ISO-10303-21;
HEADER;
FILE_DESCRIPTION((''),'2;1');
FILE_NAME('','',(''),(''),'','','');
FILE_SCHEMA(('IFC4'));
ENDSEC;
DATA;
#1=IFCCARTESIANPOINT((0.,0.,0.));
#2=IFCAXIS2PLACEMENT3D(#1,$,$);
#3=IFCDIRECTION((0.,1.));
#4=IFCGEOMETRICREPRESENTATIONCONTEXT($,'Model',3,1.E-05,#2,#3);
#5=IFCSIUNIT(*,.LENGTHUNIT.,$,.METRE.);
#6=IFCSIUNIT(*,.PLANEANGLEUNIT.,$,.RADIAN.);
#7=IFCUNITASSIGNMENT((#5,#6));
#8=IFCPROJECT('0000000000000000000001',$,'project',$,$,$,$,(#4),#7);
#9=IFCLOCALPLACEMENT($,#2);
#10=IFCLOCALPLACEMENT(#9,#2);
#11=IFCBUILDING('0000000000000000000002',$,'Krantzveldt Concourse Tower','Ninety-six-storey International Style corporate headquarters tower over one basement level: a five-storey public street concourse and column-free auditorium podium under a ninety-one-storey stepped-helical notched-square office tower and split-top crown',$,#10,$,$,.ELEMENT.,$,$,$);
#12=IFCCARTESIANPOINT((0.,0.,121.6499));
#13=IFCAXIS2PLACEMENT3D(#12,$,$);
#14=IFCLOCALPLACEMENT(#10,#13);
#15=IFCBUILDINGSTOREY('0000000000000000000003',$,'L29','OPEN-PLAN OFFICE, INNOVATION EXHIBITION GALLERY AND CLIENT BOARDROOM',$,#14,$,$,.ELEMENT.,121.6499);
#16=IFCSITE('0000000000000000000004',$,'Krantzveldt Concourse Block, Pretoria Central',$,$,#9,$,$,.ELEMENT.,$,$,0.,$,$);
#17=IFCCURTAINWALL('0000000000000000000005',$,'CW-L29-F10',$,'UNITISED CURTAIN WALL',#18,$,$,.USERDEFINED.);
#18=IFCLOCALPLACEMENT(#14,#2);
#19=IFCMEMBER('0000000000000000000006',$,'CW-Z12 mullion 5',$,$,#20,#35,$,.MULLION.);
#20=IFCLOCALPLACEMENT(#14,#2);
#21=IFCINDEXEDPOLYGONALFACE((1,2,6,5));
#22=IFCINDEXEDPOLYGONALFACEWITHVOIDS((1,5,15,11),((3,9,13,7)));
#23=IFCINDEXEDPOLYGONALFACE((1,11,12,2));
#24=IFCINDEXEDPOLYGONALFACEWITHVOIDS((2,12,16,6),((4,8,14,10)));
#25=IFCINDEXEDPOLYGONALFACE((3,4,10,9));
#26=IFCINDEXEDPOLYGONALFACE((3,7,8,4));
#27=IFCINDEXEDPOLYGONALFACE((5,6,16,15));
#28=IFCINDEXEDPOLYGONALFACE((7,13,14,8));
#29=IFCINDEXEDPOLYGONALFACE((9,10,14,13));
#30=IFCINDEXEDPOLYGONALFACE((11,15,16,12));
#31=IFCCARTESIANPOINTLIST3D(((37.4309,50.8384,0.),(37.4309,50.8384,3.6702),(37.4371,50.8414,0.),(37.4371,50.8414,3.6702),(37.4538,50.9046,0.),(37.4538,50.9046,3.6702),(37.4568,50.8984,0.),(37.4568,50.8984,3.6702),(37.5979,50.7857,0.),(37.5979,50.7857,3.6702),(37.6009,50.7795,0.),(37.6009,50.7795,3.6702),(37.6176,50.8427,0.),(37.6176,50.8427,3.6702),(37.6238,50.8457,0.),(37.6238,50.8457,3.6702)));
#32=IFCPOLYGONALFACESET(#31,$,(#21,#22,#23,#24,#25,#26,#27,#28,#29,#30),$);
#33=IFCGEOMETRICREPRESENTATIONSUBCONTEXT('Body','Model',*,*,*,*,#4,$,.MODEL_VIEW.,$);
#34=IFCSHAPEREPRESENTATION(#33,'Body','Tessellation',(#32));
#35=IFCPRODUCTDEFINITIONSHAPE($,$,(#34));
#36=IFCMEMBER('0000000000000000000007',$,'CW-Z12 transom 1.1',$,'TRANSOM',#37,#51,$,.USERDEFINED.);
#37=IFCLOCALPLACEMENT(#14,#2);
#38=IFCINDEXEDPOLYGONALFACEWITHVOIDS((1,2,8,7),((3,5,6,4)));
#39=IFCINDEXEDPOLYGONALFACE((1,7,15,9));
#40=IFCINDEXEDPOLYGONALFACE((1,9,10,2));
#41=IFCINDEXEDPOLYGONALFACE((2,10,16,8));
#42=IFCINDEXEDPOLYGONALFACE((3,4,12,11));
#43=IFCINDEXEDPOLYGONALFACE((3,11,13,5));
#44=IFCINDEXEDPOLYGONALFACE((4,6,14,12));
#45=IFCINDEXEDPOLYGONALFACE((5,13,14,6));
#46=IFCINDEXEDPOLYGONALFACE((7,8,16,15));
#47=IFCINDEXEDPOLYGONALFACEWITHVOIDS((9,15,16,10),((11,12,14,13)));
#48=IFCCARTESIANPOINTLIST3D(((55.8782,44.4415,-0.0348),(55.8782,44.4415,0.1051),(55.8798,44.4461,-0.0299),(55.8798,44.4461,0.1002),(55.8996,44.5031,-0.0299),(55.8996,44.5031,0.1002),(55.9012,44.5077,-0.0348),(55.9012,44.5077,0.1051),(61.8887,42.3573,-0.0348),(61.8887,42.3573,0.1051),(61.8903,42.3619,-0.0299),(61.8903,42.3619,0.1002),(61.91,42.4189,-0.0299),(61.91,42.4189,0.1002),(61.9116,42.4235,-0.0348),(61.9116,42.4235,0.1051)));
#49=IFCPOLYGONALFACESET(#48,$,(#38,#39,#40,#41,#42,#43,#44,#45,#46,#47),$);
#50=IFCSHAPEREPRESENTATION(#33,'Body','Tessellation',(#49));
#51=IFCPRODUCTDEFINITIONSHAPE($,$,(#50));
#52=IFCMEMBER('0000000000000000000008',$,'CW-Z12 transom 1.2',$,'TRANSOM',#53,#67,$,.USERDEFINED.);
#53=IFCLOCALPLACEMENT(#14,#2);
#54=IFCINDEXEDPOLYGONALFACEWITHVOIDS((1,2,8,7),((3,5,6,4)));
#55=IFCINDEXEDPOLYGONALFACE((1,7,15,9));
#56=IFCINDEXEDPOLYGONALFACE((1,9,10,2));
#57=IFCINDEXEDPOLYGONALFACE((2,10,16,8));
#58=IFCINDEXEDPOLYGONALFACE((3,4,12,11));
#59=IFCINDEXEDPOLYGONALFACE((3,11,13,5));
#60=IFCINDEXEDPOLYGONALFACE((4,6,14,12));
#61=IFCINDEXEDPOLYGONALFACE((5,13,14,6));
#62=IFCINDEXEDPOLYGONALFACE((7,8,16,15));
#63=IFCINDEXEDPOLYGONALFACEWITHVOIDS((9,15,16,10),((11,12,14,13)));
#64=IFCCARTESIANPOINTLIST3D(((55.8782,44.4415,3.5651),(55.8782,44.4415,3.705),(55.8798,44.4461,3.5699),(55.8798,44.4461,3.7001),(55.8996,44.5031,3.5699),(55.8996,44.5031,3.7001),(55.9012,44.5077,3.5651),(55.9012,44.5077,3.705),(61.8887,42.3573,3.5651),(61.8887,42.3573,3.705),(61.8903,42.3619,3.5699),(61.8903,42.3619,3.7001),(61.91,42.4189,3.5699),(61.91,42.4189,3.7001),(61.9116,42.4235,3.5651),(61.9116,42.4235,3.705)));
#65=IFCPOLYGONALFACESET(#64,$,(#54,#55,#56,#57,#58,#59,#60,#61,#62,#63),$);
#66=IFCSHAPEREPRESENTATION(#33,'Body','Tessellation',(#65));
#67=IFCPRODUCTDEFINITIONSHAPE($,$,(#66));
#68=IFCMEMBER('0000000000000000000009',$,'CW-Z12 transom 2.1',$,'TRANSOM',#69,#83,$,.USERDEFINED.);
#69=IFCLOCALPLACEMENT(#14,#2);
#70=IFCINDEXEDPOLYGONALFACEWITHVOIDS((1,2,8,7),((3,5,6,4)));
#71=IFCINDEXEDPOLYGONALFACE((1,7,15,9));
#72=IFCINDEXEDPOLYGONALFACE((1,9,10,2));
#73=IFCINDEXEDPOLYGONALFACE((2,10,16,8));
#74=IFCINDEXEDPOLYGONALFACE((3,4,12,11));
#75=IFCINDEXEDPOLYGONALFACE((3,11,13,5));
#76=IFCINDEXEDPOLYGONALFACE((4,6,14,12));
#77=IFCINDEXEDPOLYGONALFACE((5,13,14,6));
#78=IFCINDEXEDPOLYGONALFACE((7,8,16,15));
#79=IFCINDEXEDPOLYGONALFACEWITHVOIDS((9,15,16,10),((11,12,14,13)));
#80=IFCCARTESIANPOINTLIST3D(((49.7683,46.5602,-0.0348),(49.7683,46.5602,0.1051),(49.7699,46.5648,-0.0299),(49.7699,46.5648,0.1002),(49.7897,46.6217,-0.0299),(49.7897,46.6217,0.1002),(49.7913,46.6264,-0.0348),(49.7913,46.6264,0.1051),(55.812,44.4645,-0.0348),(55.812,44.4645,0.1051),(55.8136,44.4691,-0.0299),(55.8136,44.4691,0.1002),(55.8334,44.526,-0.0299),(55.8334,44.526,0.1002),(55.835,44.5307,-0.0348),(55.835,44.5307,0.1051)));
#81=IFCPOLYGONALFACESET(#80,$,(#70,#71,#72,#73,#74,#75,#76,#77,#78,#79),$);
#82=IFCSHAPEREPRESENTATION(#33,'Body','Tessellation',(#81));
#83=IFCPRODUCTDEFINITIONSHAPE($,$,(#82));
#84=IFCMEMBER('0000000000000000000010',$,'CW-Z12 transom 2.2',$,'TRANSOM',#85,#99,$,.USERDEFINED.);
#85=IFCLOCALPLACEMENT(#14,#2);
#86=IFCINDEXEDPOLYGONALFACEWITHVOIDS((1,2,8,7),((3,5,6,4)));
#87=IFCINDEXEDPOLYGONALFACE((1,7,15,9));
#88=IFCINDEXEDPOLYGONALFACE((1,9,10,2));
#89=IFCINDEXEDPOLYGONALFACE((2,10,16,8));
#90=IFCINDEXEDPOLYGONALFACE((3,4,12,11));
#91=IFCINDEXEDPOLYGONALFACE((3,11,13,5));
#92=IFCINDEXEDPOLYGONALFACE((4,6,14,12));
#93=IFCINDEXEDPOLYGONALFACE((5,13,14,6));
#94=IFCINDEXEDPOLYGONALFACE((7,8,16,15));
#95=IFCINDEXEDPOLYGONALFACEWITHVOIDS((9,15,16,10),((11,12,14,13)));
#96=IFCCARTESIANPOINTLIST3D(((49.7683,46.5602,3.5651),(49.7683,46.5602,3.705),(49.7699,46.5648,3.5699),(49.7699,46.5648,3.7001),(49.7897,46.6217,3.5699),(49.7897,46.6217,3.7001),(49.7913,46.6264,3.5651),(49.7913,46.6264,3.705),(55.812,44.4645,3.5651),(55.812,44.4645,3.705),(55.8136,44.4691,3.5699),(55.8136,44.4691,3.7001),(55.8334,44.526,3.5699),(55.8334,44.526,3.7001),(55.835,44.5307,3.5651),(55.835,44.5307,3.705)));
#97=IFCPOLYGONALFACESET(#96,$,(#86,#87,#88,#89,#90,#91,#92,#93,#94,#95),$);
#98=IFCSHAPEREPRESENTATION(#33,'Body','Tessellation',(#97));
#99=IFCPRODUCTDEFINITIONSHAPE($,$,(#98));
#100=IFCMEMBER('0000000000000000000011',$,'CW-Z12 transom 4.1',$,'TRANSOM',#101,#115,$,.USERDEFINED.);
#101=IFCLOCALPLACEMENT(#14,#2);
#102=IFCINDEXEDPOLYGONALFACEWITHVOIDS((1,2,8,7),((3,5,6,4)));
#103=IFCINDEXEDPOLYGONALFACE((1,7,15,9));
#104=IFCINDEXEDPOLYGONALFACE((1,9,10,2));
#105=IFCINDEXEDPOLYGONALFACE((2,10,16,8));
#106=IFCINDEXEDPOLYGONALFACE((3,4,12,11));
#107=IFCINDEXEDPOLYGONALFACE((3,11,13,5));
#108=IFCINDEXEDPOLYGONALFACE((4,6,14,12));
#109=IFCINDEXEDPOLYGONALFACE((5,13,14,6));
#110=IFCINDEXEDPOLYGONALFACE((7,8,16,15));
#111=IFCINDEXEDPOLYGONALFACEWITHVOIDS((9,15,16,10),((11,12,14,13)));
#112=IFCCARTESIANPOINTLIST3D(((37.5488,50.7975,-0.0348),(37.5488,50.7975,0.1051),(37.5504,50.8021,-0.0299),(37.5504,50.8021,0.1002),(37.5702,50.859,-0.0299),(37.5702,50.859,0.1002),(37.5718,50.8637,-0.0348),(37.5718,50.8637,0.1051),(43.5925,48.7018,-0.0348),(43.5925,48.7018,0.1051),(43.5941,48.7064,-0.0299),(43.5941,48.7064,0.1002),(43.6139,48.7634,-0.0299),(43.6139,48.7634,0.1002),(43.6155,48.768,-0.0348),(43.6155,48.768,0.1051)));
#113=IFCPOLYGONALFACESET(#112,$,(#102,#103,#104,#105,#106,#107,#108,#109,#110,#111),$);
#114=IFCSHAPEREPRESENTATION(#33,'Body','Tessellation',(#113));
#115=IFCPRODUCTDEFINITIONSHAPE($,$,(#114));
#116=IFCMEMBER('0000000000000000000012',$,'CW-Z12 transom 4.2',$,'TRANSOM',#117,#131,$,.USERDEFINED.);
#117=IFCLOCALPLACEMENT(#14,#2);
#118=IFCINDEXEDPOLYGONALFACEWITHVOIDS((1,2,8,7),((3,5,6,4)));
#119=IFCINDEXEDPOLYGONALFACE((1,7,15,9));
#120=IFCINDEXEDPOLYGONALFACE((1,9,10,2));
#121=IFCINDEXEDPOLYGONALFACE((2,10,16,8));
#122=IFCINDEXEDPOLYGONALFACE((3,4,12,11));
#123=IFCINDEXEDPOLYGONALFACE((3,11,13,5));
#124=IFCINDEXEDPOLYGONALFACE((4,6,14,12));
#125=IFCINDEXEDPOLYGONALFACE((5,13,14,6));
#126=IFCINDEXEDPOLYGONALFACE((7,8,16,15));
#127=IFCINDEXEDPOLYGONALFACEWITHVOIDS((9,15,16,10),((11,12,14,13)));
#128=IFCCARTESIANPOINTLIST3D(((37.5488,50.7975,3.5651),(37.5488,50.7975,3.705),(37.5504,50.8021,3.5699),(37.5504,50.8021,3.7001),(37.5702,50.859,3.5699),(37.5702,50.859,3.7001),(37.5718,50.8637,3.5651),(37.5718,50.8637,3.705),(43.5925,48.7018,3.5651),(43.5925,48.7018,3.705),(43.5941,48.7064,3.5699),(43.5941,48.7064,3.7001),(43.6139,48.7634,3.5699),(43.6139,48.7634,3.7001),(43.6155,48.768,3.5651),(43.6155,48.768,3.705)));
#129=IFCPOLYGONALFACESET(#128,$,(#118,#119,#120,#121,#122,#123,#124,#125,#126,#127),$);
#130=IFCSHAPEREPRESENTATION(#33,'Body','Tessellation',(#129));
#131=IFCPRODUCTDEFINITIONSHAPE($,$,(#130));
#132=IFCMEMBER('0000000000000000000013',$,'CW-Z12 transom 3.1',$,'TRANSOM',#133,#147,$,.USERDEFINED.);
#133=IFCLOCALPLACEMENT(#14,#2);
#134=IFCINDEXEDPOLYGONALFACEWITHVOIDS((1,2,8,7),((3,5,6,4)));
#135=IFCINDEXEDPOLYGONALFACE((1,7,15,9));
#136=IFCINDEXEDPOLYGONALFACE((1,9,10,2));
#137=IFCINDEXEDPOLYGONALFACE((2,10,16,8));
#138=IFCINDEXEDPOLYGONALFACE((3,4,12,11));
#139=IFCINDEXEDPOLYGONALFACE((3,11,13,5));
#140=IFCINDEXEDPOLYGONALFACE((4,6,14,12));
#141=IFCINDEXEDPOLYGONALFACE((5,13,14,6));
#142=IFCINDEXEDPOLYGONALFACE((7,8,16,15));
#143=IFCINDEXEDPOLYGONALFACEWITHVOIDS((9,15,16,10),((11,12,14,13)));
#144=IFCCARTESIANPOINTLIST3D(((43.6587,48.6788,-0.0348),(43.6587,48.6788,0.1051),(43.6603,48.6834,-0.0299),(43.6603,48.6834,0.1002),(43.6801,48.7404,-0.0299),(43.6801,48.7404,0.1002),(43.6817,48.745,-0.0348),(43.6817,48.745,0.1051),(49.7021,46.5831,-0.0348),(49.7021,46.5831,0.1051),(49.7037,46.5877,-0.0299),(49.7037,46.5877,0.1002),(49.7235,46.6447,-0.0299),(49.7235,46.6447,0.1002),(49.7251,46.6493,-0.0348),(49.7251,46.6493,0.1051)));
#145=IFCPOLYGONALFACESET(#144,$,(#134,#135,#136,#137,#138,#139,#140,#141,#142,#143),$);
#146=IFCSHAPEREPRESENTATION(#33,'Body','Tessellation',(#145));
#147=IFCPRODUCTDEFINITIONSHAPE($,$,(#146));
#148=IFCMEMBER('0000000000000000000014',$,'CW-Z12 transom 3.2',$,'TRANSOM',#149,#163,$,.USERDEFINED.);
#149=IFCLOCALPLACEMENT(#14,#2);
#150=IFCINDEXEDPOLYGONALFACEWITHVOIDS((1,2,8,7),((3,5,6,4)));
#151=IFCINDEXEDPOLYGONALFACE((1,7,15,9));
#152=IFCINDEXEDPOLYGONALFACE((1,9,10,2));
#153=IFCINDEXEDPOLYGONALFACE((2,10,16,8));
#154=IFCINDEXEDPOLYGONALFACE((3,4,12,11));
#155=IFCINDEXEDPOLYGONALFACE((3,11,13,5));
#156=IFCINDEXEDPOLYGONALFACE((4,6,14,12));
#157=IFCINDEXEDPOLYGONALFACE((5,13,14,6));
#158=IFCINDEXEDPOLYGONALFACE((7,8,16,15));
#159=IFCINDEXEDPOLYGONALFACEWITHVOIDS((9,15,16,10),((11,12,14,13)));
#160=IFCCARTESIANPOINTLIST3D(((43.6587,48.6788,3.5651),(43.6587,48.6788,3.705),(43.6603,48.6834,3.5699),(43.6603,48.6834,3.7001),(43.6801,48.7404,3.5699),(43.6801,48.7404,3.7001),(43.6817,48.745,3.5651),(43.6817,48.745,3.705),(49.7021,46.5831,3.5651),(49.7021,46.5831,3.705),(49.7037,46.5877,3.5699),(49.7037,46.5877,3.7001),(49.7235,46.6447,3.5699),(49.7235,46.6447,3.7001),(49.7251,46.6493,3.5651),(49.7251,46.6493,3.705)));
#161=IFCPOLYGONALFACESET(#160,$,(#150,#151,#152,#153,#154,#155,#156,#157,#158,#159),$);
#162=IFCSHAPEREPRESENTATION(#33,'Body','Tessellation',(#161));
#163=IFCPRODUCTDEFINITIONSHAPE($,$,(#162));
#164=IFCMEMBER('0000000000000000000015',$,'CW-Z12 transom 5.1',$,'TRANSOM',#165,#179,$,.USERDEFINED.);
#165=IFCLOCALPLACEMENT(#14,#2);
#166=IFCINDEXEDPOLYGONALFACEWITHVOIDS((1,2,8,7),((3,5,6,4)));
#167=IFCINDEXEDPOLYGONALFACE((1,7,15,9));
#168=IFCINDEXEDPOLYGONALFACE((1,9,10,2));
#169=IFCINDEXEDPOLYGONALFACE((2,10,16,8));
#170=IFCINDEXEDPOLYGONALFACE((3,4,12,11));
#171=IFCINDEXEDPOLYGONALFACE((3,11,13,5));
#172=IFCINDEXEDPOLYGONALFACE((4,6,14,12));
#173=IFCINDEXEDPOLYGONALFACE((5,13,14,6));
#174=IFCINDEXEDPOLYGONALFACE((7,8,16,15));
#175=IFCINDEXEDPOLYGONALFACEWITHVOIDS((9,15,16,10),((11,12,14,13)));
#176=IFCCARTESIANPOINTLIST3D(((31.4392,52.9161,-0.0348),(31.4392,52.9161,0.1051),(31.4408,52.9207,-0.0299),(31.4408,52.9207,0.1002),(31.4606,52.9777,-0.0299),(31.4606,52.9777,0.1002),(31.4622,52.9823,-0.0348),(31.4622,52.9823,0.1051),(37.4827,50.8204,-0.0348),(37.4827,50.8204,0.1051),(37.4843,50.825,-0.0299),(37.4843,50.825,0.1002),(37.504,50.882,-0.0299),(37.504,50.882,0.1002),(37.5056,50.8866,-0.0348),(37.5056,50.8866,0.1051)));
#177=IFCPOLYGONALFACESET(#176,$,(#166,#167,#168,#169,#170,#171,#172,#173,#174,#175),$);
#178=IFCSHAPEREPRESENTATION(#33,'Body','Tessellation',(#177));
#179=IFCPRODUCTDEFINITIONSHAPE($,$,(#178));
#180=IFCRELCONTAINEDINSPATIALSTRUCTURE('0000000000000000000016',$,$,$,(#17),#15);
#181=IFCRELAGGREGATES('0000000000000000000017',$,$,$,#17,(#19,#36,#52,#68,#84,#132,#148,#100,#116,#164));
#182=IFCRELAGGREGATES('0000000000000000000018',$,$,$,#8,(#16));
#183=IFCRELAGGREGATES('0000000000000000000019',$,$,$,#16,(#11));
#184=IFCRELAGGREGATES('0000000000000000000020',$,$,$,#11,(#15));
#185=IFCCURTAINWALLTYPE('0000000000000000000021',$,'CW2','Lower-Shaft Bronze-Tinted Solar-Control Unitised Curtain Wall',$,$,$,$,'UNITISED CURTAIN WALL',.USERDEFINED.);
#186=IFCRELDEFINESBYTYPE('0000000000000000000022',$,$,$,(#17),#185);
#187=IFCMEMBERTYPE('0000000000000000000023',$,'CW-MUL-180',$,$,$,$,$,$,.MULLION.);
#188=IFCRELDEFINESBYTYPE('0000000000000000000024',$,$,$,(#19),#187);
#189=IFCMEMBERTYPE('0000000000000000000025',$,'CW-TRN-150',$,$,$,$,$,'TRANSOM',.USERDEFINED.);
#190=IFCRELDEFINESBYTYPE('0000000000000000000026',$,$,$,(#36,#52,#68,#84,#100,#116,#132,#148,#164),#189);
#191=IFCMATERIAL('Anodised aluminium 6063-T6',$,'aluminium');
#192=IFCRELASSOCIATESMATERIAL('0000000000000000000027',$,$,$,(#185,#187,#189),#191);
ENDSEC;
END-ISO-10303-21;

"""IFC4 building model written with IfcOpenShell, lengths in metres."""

from ifc_helpers import new_model, si_unit, direction, frame, origin, origin_2d, place, context, subcontext, project, spatial, hollow_rectangle, extrude, source, transform, mapped, material, material_profile, profile_set, type_object, type_shapes, element, aggregate, save


model = new_model("IFC4")

# Units and contexts
model_context = context("Model", 3, precision=1e-05, world=origin(), true_north=direction((0.0, 1.0)))
body_context = subcontext(model_context, "Body", "Model", "MODEL_VIEW")
ifc_project = project(units=[si_unit("LENGTHUNIT", "METRE"), si_unit("PLANEANGLEUNIT", "RADIAN")], contexts=[model_context])

# Site, building, storey
site_placement = place(None, origin())
site = spatial("IfcSite", under=ifc_project, at=site_placement, Name="Krantzveldt Concourse Block, Pretoria Central", CompositionType="ELEMENT", RefElevation=0.0)
building_placement = place(site_placement, origin())
building = spatial("IfcBuilding", under=site, at=building_placement, Name="Krantzveldt Concourse Tower", Description="Ninety-six-storey International Style corporate headquarters tower over one basement level: a five-storey public street concourse and column-free auditorium podium under a ninety-one-storey stepped-helical notched-square office tower and split-top crown", CompositionType="ELEMENT")
storey_placement = place(building_placement, frame((0.0, 0.0, 121.6499)))
storey = spatial("IfcBuildingStorey", under=building, at=storey_placement, Name="L29", Description="OPEN-PLAN OFFICE, INNOVATION EXHIBITION GALLERY AND CLIENT BOARDROOM", CompositionType="ELEMENT", Elevation=121.6499)

# Shared definitions
ifc_material_1 = material(Name="Anodised aluminium 6063-T6", Category="aluminium")
curtain_wall_type = type_object("IfcCurtainWallType", Name="CW2", Description="Lower-Shaft Bronze-Tinted Solar-Control Unitised Curtain Wall", ElementType="UNITISED CURTAIN WALL", PredefinedType="USERDEFINED", material=ifc_material_1)
ifc_material_profile_1 = material_profile(ifc_material_1, hollow_rectangle(XDim=0.0701, YDim=0.1799, WallThickness=0.0049, at=origin_2d()), Name="Anodised aluminium 6063-T6", Category="aluminium")
ifc_profile_set_1 = profile_set([ifc_material_profile_1], Name="Anodised aluminium 6063-T6 - ALU-MULL 180x70x5")
member_type_1 = type_object("IfcMemberType", Name="CW-MUL-180", PredefinedType="MULLION", material=ifc_profile_set_1)
shared_shape_1 = source(origin(), body_context, "Body", "SweptSolid", [
    extrude(hollow_rectangle(XDim=0.0701, YDim=0.1799, WallThickness=0.0049, at=origin_2d()), origin(), (0.0, 0.0, 1.0), 3.6702),
])
type_shapes(member_type_1, [shared_shape_1])

# Curtain wall, members
curtain_wall_1_placement = place(storey_placement, origin())
curtain_wall_1 = element("IfcCurtainWall", 1, at=curtain_wall_1_placement, inside=storey, type_object=curtain_wall_type, Name="CW-L29-F10", ObjectType="UNITISED CURTAIN WALL", PredefinedType="USERDEFINED")
member_1_placement = place(storey_placement, frame((37.5273, 50.842, 0.0), z_axis=(0.0, 0.0, 1.0), x_axis=(-0.32763, -0.944806, 0.0)))
member_1 = element("IfcMember", 2, at=member_1_placement, type_object=member_type_1, Name="CW-Z12 mullion 5", PredefinedType="MULLION", context=body_context, shape_type="MappedRepresentation", body=[
    mapped(shared_shape_1, transform((0.0, 0.0, 0.0), x_axis=(1.0, 0.0, 0.0), y_axis=(0.0, 1.0, 0.0), z_axis=(0.0, 0.0, 1.0), scale=1.0)),
])
ifc_material_profile_2 = material_profile(ifc_material_1, hollow_rectangle(XDim=0.0701, YDim=0.1399, WallThickness=0.0049, at=origin_2d()), Name="Anodised aluminium 6063-T6", Category="aluminium")
ifc_profile_set_2 = profile_set([ifc_material_profile_2], Name="Anodised aluminium 6063-T6 - ALU-TRAN 140x70x5")
member_type_2 = type_object("IfcMemberType", Name="CW-TRN-150", ElementType="TRANSOM", PredefinedType="USERDEFINED", material=ifc_profile_set_2)
shared_shape_2 = source(origin(), body_context, "Body", "SweptSolid", [
    extrude(hollow_rectangle(XDim=0.0701, YDim=0.1399, WallThickness=0.0049, at=origin_2d()), origin(), (0.0, 0.0, 1.0), 6.3616),
])
member_2_placement = place(storey_placement, frame((61.9001, 42.3904, 0.0352), z_axis=(-0.944808, 0.327626, 0.0), x_axis=(-0.327626, -0.944808, 0.0)))
member_2 = element("IfcMember", 3, at=member_2_placement, type_object=member_type_2, Name="CW-Z12 transom 1.1", ObjectType="TRANSOM", PredefinedType="USERDEFINED", context=body_context, shape_type="MappedRepresentation", body=[
    mapped(shared_shape_2, transform((0.0, 0.0, 0.0), x_axis=(1.0, 0.0, 0.0), y_axis=(0.0, 1.0, 0.0), z_axis=(0.0, 0.0, 1.0), scale=1.0)),
])
member_3_placement = place(storey_placement, frame((61.9001, 42.3904, 3.635), z_axis=(-0.944808, 0.327626, 0.0), x_axis=(-0.327626, -0.944808, 0.0)))
member_3 = element("IfcMember", 4, at=member_3_placement, type_object=member_type_2, Name="CW-Z12 transom 1.2", ObjectType="TRANSOM", PredefinedType="USERDEFINED", context=body_context, shape_type="MappedRepresentation", body=[
    mapped(shared_shape_2, transform((0.0, 0.0, 0.0), x_axis=(1.0, 0.0, 0.0), y_axis=(0.0, 1.0, 0.0), z_axis=(0.0, 0.0, 1.0), scale=1.0)),
])
shared_shape_3 = source(origin(), body_context, "Body", "SweptSolid", [
    extrude(hollow_rectangle(XDim=0.0701, YDim=0.1399, WallThickness=0.0049, at=origin_2d()), origin(), (0.0, 0.0, 1.0), 6.3967),
])
member_4_placement = place(storey_placement, frame((55.8235, 44.4976, 0.0352), z_axis=(-0.944809, 0.32762, 0.0), x_axis=(-0.32762, -0.944809, 0.0)))
member_4 = element("IfcMember", 5, at=member_4_placement, type_object=member_type_2, Name="CW-Z12 transom 2.1", ObjectType="TRANSOM", PredefinedType="USERDEFINED", context=body_context, shape_type="MappedRepresentation", body=[
    mapped(shared_shape_3, transform((0.0, 0.0, 0.0), x_axis=(1.0, 0.0, 0.0), y_axis=(0.0, 1.0, 0.0), z_axis=(0.0, 0.0, 1.0), scale=1.0)),
])
member_5_placement = place(storey_placement, frame((55.8235, 44.4976, 3.635), z_axis=(-0.944809, 0.32762, 0.0), x_axis=(-0.32762, -0.944809, 0.0)))
member_5 = element("IfcMember", 6, at=member_5_placement, type_object=member_type_2, Name="CW-Z12 transom 2.2", ObjectType="TRANSOM", PredefinedType="USERDEFINED", context=body_context, shape_type="MappedRepresentation", body=[
    mapped(shared_shape_3, transform((0.0, 0.0, 0.0), x_axis=(1.0, 0.0, 0.0), y_axis=(0.0, 1.0, 0.0), z_axis=(0.0, 0.0, 1.0), scale=1.0)),
])
member_6_placement = place(storey_placement, frame((43.604, 48.7349, 0.0352), z_axis=(-0.944809, 0.32762, 0.0), x_axis=(-0.32762, -0.944809, 0.0)))
member_6 = element("IfcMember", 7, at=member_6_placement, type_object=member_type_2, Name="CW-Z12 transom 4.1", ObjectType="TRANSOM", PredefinedType="USERDEFINED", context=body_context, shape_type="MappedRepresentation", body=[
    mapped(shared_shape_3, transform((0.0, 0.0, 0.0), x_axis=(1.0, 0.0, 0.0), y_axis=(0.0, 1.0, 0.0), z_axis=(0.0, 0.0, 1.0), scale=1.0)),
])
member_7_placement = place(storey_placement, frame((43.604, 48.7349, 3.635), z_axis=(-0.944809, 0.32762, 0.0), x_axis=(-0.32762, -0.944809, 0.0)))
member_7 = element("IfcMember", 8, at=member_7_placement, type_object=member_type_2, Name="CW-Z12 transom 4.2", ObjectType="TRANSOM", PredefinedType="USERDEFINED", context=body_context, shape_type="MappedRepresentation", body=[
    mapped(shared_shape_3, transform((0.0, 0.0, 0.0), x_axis=(1.0, 0.0, 0.0), y_axis=(0.0, 1.0, 0.0), z_axis=(0.0, 0.0, 1.0), scale=1.0)),
])
shared_shape_4 = source(origin(), body_context, "Body", "SweptSolid", [
    extrude(hollow_rectangle(XDim=0.0701, YDim=0.1399, WallThickness=0.0049, at=origin_2d()), origin(), (0.0, 0.0, 1.0), 6.3965),
])
type_shapes(member_type_2, [shared_shape_2, shared_shape_3, shared_shape_4])
member_8_placement = place(storey_placement, frame((49.7136, 46.6162, 0.0352), z_axis=(-0.944805, 0.327632, 0.0), x_axis=(-0.327632, -0.944805, 0.0)))
member_8 = element("IfcMember", 9, at=member_8_placement, type_object=member_type_2, Name="CW-Z12 transom 3.1", ObjectType="TRANSOM", PredefinedType="USERDEFINED", context=body_context, shape_type="MappedRepresentation", body=[
    mapped(shared_shape_4, transform((0.0, 0.0, 0.0), x_axis=(1.0, 0.0, 0.0), y_axis=(0.0, 1.0, 0.0), z_axis=(0.0, 0.0, 1.0), scale=1.0)),
])
member_9_placement = place(storey_placement, frame((49.7136, 46.6162, 3.635), z_axis=(-0.944805, 0.327632, 0.0), x_axis=(-0.327632, -0.944805, 0.0)))
member_9 = element("IfcMember", 10, at=member_9_placement, type_object=member_type_2, Name="CW-Z12 transom 3.2", ObjectType="TRANSOM", PredefinedType="USERDEFINED", context=body_context, shape_type="MappedRepresentation", body=[
    mapped(shared_shape_4, transform((0.0, 0.0, 0.0), x_axis=(1.0, 0.0, 0.0), y_axis=(0.0, 1.0, 0.0), z_axis=(0.0, 0.0, 1.0), scale=1.0)),
])
member_10_placement = place(storey_placement, frame((37.4941, 50.8535, 0.0352), z_axis=(-0.944805, 0.327632, 0.0), x_axis=(-0.327632, -0.944805, 0.0)))
member_10 = element("IfcMember", 11, at=member_10_placement, type_object=member_type_2, Name="CW-Z12 transom 5.1", ObjectType="TRANSOM", PredefinedType="USERDEFINED", context=body_context, shape_type="MappedRepresentation", body=[
    mapped(shared_shape_4, transform((0.0, 0.0, 0.0), x_axis=(1.0, 0.0, 0.0), y_axis=(0.0, 1.0, 0.0), z_axis=(0.0, 0.0, 1.0), scale=1.0)),
])
aggregate(curtain_wall_1, [member_1, member_2, member_3, member_4, member_5, member_8, member_9, member_6, member_7, member_10])

save(model, "model.ifc")
